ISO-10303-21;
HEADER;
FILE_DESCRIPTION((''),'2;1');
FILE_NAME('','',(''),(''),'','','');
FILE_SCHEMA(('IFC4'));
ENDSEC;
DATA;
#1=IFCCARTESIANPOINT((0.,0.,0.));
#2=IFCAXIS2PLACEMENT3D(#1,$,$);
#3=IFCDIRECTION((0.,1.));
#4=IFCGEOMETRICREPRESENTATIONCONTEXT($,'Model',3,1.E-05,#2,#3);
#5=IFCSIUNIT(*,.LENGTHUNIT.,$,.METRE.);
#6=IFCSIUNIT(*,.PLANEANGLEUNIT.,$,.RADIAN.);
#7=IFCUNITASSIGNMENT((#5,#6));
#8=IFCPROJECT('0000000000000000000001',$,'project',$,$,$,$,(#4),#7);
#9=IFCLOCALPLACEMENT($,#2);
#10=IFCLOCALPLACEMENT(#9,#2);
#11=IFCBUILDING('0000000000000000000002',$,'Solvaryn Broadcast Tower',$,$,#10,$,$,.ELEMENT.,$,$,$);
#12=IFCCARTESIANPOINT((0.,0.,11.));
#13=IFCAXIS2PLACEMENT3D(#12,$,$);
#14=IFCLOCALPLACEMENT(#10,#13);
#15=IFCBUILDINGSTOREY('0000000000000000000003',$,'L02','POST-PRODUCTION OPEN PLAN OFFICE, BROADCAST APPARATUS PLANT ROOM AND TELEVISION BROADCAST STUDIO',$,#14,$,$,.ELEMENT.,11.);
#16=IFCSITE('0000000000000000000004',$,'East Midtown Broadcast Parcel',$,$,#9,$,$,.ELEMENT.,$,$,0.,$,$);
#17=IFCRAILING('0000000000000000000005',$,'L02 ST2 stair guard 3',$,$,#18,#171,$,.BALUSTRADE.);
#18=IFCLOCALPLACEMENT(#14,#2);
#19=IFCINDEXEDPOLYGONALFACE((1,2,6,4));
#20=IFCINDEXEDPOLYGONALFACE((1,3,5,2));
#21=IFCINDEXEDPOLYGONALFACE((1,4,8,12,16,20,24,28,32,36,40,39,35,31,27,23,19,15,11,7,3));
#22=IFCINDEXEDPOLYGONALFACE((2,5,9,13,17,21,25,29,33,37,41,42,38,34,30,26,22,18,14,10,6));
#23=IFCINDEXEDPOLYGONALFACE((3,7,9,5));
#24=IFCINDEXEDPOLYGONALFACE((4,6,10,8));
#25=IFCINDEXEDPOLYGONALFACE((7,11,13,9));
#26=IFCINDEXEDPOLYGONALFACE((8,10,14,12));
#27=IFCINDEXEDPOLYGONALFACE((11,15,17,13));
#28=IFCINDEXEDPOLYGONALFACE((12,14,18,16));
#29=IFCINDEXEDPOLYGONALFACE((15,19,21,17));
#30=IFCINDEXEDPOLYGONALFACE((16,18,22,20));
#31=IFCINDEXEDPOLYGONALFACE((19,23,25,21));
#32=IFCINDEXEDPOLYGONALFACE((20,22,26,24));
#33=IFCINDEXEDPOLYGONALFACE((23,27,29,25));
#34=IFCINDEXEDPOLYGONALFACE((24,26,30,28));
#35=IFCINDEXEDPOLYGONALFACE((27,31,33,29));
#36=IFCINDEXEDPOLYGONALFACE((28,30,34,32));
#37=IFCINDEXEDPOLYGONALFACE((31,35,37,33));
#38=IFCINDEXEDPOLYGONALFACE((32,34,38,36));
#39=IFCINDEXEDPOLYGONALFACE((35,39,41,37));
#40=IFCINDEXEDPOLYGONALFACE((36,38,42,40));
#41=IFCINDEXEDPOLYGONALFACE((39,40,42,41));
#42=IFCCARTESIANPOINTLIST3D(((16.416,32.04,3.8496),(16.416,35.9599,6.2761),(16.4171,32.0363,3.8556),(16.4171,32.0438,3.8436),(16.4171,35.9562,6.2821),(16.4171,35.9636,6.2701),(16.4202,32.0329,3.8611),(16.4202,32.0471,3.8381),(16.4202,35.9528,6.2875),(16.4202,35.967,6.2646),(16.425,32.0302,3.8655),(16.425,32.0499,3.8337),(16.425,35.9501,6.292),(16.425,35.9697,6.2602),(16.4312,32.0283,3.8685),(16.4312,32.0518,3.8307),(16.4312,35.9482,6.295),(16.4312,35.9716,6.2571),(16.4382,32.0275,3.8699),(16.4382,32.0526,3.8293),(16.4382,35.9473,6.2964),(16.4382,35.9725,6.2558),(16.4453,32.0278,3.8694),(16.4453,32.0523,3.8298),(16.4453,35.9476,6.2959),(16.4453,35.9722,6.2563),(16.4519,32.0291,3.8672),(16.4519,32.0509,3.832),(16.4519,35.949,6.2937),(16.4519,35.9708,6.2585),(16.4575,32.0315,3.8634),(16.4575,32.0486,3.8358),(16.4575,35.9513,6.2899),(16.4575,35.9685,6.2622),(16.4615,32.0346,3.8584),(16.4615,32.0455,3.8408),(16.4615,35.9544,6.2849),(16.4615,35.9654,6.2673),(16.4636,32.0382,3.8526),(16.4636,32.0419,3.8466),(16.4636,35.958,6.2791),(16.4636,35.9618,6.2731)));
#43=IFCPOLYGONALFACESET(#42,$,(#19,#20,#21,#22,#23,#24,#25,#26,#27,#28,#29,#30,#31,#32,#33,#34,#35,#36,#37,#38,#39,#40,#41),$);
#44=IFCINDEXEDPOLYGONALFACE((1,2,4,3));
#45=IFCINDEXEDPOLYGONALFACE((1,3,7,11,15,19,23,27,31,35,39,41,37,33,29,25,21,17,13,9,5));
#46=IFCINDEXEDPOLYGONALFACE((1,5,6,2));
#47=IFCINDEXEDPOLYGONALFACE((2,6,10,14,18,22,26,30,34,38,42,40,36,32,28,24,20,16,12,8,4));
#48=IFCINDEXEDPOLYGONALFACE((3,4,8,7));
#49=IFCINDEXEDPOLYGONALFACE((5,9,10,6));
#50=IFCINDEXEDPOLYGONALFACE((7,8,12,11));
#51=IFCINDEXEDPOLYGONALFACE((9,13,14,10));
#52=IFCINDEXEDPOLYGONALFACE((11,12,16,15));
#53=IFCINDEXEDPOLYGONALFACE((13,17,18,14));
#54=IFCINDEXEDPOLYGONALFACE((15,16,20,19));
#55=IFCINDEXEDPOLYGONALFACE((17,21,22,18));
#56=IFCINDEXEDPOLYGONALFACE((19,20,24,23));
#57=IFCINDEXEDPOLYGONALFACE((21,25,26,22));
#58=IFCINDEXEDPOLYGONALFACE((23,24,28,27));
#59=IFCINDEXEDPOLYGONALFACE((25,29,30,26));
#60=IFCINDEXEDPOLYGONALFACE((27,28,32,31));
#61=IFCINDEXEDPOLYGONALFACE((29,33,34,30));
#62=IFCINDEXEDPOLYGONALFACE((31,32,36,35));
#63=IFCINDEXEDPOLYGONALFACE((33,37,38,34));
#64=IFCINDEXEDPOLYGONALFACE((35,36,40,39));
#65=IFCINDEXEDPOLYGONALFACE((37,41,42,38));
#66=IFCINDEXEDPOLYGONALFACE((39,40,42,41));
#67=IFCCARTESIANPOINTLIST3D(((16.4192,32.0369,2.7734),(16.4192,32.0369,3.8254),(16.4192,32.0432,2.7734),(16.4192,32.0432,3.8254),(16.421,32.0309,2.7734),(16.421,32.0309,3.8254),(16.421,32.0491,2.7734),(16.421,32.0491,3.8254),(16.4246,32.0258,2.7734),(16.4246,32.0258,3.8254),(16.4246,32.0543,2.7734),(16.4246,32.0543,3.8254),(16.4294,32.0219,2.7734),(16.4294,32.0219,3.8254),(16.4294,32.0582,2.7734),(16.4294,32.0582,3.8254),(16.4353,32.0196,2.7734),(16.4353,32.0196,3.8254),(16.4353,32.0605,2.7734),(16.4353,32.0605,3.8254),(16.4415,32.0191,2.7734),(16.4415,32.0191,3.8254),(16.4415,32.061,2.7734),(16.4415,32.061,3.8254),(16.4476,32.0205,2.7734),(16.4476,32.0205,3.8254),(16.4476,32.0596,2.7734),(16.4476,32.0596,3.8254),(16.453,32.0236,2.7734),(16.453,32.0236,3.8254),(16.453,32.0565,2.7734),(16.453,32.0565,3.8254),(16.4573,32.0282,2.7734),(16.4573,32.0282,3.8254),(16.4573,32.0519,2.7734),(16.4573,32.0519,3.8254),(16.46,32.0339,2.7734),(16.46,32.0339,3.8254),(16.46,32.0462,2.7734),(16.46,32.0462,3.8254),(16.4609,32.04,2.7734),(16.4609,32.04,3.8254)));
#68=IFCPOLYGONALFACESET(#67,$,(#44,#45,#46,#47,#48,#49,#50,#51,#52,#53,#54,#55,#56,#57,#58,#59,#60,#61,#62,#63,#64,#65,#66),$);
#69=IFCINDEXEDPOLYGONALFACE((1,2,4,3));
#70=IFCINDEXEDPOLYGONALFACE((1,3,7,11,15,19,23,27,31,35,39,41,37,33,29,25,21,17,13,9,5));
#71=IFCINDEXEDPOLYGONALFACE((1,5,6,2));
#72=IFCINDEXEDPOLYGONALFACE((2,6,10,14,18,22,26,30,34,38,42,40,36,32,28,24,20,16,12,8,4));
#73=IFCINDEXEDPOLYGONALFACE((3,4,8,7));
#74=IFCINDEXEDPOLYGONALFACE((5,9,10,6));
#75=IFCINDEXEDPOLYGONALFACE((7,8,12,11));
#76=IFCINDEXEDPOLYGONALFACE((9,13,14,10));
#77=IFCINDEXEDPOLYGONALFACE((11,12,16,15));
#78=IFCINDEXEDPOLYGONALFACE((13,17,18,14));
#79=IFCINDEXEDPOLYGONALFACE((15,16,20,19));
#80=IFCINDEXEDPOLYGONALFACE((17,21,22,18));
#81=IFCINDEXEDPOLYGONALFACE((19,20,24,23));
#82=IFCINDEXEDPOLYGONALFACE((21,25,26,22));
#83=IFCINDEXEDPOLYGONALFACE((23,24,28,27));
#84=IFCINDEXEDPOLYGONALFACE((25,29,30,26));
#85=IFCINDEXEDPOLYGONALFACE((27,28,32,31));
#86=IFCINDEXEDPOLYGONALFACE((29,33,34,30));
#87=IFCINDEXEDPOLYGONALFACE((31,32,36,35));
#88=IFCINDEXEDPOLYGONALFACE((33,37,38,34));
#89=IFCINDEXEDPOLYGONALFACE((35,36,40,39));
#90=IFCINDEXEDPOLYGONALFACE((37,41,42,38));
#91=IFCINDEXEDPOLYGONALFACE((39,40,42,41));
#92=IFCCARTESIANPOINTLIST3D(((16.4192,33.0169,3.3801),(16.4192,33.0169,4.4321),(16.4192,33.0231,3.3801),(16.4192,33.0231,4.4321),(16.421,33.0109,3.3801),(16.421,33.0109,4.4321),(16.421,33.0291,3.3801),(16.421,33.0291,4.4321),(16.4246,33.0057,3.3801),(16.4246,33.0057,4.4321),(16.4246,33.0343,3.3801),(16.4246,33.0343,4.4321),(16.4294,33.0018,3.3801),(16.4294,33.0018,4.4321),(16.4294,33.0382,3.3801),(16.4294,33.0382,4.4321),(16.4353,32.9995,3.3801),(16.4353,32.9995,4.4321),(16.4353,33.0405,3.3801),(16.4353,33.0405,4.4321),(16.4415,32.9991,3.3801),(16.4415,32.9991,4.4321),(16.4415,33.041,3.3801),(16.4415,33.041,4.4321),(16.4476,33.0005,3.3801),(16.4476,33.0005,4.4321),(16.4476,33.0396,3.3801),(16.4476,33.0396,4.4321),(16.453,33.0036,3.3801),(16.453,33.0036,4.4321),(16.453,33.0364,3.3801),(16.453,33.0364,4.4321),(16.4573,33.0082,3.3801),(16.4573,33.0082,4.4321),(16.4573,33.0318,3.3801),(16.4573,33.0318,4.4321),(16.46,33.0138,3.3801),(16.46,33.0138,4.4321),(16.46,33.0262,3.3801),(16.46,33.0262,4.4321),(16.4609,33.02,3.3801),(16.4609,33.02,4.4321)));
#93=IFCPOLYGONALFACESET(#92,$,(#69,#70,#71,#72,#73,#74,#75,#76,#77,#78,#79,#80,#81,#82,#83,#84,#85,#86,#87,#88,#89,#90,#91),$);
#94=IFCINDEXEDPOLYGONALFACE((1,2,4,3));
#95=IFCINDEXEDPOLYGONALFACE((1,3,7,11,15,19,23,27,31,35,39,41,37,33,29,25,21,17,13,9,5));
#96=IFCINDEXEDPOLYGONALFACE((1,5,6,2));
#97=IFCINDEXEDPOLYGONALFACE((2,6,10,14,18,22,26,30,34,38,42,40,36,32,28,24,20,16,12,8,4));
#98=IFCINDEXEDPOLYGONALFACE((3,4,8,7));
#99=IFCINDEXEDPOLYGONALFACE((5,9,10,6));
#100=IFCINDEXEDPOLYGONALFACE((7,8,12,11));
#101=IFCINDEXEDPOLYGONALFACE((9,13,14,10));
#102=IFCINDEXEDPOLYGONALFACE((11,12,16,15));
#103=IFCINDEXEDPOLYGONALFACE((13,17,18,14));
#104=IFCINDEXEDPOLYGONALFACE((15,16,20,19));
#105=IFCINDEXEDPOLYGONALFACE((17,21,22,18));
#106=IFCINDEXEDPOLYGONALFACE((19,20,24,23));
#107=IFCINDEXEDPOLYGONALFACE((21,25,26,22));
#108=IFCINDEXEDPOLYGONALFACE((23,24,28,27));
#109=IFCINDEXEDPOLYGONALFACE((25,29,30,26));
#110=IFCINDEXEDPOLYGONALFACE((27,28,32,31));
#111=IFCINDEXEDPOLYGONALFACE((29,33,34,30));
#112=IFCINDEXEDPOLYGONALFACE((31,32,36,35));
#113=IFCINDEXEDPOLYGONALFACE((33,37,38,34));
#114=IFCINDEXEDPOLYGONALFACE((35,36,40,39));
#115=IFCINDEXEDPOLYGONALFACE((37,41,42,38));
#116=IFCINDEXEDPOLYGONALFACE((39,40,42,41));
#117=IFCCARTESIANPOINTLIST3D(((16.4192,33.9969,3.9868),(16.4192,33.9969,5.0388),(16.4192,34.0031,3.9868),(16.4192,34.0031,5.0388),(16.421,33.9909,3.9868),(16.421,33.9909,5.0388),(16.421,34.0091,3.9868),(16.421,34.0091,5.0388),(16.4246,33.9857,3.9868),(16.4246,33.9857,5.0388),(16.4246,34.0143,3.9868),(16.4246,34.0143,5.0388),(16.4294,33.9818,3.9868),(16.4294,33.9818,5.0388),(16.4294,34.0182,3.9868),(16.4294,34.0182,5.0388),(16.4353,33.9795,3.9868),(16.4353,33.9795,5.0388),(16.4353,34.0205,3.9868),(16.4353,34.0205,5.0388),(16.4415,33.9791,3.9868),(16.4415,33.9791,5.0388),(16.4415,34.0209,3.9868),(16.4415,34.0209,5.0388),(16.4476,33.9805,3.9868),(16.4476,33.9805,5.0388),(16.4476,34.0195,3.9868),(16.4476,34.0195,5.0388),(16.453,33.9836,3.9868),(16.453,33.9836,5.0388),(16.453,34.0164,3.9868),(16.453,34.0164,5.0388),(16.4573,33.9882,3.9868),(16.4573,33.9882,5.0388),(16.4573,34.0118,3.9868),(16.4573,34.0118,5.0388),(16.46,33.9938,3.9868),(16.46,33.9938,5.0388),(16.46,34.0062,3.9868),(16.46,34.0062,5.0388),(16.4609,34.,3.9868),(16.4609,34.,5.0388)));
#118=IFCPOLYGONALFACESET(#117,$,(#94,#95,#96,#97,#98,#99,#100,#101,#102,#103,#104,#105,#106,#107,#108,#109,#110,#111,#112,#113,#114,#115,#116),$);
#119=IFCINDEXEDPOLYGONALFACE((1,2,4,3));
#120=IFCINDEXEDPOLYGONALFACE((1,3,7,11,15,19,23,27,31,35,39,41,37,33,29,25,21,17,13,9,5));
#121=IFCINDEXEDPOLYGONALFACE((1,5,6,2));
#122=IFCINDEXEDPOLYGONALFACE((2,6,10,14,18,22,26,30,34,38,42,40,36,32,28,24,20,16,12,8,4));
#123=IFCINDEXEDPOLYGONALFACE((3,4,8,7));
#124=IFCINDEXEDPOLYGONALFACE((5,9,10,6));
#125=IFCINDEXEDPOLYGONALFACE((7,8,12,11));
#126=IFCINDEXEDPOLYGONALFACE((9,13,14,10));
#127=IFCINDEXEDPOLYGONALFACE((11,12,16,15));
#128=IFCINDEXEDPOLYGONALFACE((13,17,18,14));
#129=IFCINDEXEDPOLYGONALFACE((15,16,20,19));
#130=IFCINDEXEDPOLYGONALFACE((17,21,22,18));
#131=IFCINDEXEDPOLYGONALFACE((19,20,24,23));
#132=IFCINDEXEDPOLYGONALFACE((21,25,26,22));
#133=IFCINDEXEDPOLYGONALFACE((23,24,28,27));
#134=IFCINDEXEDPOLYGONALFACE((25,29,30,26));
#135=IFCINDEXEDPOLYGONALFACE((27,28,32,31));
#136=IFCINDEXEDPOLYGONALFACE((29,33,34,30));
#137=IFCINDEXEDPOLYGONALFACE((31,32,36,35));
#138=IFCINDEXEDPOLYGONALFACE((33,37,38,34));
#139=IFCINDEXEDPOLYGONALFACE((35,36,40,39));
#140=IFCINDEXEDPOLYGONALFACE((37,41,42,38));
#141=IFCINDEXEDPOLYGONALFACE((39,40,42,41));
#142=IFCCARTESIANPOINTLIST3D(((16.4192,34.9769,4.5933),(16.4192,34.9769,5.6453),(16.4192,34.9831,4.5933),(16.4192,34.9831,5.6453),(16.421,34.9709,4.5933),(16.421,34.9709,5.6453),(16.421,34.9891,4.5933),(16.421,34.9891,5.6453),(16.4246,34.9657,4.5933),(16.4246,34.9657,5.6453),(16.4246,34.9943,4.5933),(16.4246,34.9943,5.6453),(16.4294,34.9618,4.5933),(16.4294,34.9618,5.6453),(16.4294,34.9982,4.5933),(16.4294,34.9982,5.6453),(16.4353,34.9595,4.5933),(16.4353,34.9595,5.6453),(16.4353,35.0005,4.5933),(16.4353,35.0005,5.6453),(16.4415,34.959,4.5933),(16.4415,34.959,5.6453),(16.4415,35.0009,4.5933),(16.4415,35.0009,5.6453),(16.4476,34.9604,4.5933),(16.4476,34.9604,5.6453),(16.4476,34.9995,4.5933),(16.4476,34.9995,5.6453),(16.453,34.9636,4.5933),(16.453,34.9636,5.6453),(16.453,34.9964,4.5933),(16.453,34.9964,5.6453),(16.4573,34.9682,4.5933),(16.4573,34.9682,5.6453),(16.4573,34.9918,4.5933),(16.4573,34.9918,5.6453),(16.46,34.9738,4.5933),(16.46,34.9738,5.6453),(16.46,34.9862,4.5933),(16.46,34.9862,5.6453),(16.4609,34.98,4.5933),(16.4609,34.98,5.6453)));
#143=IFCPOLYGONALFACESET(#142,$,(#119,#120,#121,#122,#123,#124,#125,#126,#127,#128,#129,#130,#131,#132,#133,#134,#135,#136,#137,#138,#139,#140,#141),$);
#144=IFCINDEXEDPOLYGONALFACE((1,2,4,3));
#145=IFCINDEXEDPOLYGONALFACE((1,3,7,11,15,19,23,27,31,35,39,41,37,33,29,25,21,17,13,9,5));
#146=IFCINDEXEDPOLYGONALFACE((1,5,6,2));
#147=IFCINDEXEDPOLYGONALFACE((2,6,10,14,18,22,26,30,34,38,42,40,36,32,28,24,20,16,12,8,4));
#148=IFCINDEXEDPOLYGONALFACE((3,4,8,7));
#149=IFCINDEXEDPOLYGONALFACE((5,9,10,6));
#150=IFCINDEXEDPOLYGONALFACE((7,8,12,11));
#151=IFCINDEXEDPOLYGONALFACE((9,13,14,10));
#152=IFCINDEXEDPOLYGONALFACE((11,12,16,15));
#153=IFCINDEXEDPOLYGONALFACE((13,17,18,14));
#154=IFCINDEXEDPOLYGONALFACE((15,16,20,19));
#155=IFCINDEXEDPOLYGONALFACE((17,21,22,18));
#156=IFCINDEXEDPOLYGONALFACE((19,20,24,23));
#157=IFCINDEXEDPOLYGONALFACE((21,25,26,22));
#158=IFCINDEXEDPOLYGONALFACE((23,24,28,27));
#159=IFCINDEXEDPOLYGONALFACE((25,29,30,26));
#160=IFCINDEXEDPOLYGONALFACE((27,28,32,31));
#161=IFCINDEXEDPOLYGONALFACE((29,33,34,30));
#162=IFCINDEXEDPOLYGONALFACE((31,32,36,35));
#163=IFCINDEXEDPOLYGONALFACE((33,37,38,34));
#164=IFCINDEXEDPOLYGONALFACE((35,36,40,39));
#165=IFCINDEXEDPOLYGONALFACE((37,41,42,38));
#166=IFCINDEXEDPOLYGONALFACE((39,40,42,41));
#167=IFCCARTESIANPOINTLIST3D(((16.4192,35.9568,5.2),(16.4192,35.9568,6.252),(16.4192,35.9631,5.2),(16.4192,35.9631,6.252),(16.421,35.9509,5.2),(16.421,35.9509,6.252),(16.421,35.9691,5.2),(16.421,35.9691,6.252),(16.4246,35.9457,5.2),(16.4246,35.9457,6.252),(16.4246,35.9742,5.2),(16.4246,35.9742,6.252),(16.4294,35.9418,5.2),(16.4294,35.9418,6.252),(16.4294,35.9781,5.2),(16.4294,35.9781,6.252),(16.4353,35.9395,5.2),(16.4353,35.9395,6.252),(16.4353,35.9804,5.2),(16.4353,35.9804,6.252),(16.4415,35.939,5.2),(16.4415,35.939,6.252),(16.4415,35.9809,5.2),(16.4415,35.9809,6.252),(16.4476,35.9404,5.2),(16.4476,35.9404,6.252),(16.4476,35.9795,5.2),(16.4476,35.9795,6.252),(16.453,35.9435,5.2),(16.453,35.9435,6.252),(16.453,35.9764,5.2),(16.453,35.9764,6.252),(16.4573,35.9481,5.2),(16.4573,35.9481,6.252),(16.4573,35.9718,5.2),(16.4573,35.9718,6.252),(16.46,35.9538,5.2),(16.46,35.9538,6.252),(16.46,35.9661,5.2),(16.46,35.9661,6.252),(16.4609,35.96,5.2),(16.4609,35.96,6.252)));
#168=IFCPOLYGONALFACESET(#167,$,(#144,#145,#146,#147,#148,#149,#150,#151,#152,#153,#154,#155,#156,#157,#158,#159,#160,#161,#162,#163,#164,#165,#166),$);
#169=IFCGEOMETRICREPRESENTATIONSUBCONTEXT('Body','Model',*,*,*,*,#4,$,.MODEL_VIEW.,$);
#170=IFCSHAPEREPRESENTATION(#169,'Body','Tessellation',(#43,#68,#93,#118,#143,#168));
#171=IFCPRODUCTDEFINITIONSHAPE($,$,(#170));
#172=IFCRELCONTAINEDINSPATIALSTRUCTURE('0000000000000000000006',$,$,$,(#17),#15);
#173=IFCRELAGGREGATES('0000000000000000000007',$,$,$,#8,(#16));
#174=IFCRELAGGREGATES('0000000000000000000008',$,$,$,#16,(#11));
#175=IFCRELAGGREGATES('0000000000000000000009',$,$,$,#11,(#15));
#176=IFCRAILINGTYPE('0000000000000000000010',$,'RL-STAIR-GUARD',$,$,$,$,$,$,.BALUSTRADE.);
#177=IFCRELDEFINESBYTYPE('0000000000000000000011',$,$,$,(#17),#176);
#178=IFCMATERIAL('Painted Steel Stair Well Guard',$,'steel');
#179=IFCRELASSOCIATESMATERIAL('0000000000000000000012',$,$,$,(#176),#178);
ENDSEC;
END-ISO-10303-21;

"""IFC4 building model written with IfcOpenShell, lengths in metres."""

from ifc_helpers import new_model, si_unit, direction, frame, origin, origin_2d, place, context, subcontext, project, spatial, circle, extrude, material, type_object, element, save


model = new_model("IFC4")

# Units and contexts
model_context = context("Model", 3, precision=1e-05, world=origin(), true_north=direction((0.0, 1.0)))
body_context = subcontext(model_context, "Body", "Model", "MODEL_VIEW")
ifc_project = project(units=[si_unit("LENGTHUNIT", "METRE"), si_unit("PLANEANGLEUNIT", "RADIAN")], contexts=[model_context])

# Site, building, storey
site_placement = place(None, origin())
site = spatial("IfcSite", under=ifc_project, at=site_placement, Name="East Midtown Broadcast Parcel", CompositionType="ELEMENT", RefElevation=0.0)
building_placement = place(site_placement, origin())
building = spatial("IfcBuilding", under=site, at=building_placement, Name="Solvaryn Broadcast Tower", CompositionType="ELEMENT")
storey_placement = place(building_placement, frame((0.0, 0.0, 11.0)))
storey = spatial("IfcBuildingStorey", under=building, at=storey_placement, Name="L02", Description="POST-PRODUCTION OPEN PLAN OFFICE, BROADCAST APPARATUS PLANT ROOM AND TELEVISION BROADCAST STUDIO", CompositionType="ELEMENT", Elevation=11.0)

# Railing
ifc_material_1 = material(Name="Painted Steel Stair Well Guard", Category="steel")
railing_type_1 = type_object("IfcRailingType", Name="RL-STAIR-GUARD", PredefinedType="BALUSTRADE", material=ifc_material_1)
railing_1_placement = place(storey_placement, frame((16.4399, 32.04, 2.7734)))
element("IfcRailing", 1, at=railing_1_placement, inside=storey, type_object=railing_type_1, Name="L02 ST2 stair guard 3", PredefinedType="BALUSTRADE", context=body_context, shape_type="SweptSolid", body=[
    extrude(circle(Radius=0.0239, at=origin_2d()), frame((0.0, 0.0, 1.0762), z_axis=(0.0, 0.850275, 0.526338), x_axis=(-1.0, 0.0, 0.0)), (0.0, 0.0, 1.0), 4.6101),
    extrude(circle(Radius=0.021, at=origin_2d()), origin(), (0.0, 0.0, 1.0), 1.052),
    extrude(circle(Radius=0.021, at=origin_2d()), frame((0.0, 0.98, 0.6067)), (0.0, 0.0, 1.0), 1.052),
    extrude(circle(Radius=0.021, at=origin_2d()), frame((0.0, 1.96, 1.2134)), (0.0, 0.0, 1.0), 1.052),
    extrude(circle(Radius=0.021, at=origin_2d()), frame((0.0, 2.9399, 1.8198)), (0.0, 0.0, 1.0), 1.052),
    extrude(circle(Radius=0.021, at=origin_2d()), frame((0.0, 3.9199, 2.4265)), (0.0, 0.0, 1.0), 1.052),
])

save(model, "model.ifc")
